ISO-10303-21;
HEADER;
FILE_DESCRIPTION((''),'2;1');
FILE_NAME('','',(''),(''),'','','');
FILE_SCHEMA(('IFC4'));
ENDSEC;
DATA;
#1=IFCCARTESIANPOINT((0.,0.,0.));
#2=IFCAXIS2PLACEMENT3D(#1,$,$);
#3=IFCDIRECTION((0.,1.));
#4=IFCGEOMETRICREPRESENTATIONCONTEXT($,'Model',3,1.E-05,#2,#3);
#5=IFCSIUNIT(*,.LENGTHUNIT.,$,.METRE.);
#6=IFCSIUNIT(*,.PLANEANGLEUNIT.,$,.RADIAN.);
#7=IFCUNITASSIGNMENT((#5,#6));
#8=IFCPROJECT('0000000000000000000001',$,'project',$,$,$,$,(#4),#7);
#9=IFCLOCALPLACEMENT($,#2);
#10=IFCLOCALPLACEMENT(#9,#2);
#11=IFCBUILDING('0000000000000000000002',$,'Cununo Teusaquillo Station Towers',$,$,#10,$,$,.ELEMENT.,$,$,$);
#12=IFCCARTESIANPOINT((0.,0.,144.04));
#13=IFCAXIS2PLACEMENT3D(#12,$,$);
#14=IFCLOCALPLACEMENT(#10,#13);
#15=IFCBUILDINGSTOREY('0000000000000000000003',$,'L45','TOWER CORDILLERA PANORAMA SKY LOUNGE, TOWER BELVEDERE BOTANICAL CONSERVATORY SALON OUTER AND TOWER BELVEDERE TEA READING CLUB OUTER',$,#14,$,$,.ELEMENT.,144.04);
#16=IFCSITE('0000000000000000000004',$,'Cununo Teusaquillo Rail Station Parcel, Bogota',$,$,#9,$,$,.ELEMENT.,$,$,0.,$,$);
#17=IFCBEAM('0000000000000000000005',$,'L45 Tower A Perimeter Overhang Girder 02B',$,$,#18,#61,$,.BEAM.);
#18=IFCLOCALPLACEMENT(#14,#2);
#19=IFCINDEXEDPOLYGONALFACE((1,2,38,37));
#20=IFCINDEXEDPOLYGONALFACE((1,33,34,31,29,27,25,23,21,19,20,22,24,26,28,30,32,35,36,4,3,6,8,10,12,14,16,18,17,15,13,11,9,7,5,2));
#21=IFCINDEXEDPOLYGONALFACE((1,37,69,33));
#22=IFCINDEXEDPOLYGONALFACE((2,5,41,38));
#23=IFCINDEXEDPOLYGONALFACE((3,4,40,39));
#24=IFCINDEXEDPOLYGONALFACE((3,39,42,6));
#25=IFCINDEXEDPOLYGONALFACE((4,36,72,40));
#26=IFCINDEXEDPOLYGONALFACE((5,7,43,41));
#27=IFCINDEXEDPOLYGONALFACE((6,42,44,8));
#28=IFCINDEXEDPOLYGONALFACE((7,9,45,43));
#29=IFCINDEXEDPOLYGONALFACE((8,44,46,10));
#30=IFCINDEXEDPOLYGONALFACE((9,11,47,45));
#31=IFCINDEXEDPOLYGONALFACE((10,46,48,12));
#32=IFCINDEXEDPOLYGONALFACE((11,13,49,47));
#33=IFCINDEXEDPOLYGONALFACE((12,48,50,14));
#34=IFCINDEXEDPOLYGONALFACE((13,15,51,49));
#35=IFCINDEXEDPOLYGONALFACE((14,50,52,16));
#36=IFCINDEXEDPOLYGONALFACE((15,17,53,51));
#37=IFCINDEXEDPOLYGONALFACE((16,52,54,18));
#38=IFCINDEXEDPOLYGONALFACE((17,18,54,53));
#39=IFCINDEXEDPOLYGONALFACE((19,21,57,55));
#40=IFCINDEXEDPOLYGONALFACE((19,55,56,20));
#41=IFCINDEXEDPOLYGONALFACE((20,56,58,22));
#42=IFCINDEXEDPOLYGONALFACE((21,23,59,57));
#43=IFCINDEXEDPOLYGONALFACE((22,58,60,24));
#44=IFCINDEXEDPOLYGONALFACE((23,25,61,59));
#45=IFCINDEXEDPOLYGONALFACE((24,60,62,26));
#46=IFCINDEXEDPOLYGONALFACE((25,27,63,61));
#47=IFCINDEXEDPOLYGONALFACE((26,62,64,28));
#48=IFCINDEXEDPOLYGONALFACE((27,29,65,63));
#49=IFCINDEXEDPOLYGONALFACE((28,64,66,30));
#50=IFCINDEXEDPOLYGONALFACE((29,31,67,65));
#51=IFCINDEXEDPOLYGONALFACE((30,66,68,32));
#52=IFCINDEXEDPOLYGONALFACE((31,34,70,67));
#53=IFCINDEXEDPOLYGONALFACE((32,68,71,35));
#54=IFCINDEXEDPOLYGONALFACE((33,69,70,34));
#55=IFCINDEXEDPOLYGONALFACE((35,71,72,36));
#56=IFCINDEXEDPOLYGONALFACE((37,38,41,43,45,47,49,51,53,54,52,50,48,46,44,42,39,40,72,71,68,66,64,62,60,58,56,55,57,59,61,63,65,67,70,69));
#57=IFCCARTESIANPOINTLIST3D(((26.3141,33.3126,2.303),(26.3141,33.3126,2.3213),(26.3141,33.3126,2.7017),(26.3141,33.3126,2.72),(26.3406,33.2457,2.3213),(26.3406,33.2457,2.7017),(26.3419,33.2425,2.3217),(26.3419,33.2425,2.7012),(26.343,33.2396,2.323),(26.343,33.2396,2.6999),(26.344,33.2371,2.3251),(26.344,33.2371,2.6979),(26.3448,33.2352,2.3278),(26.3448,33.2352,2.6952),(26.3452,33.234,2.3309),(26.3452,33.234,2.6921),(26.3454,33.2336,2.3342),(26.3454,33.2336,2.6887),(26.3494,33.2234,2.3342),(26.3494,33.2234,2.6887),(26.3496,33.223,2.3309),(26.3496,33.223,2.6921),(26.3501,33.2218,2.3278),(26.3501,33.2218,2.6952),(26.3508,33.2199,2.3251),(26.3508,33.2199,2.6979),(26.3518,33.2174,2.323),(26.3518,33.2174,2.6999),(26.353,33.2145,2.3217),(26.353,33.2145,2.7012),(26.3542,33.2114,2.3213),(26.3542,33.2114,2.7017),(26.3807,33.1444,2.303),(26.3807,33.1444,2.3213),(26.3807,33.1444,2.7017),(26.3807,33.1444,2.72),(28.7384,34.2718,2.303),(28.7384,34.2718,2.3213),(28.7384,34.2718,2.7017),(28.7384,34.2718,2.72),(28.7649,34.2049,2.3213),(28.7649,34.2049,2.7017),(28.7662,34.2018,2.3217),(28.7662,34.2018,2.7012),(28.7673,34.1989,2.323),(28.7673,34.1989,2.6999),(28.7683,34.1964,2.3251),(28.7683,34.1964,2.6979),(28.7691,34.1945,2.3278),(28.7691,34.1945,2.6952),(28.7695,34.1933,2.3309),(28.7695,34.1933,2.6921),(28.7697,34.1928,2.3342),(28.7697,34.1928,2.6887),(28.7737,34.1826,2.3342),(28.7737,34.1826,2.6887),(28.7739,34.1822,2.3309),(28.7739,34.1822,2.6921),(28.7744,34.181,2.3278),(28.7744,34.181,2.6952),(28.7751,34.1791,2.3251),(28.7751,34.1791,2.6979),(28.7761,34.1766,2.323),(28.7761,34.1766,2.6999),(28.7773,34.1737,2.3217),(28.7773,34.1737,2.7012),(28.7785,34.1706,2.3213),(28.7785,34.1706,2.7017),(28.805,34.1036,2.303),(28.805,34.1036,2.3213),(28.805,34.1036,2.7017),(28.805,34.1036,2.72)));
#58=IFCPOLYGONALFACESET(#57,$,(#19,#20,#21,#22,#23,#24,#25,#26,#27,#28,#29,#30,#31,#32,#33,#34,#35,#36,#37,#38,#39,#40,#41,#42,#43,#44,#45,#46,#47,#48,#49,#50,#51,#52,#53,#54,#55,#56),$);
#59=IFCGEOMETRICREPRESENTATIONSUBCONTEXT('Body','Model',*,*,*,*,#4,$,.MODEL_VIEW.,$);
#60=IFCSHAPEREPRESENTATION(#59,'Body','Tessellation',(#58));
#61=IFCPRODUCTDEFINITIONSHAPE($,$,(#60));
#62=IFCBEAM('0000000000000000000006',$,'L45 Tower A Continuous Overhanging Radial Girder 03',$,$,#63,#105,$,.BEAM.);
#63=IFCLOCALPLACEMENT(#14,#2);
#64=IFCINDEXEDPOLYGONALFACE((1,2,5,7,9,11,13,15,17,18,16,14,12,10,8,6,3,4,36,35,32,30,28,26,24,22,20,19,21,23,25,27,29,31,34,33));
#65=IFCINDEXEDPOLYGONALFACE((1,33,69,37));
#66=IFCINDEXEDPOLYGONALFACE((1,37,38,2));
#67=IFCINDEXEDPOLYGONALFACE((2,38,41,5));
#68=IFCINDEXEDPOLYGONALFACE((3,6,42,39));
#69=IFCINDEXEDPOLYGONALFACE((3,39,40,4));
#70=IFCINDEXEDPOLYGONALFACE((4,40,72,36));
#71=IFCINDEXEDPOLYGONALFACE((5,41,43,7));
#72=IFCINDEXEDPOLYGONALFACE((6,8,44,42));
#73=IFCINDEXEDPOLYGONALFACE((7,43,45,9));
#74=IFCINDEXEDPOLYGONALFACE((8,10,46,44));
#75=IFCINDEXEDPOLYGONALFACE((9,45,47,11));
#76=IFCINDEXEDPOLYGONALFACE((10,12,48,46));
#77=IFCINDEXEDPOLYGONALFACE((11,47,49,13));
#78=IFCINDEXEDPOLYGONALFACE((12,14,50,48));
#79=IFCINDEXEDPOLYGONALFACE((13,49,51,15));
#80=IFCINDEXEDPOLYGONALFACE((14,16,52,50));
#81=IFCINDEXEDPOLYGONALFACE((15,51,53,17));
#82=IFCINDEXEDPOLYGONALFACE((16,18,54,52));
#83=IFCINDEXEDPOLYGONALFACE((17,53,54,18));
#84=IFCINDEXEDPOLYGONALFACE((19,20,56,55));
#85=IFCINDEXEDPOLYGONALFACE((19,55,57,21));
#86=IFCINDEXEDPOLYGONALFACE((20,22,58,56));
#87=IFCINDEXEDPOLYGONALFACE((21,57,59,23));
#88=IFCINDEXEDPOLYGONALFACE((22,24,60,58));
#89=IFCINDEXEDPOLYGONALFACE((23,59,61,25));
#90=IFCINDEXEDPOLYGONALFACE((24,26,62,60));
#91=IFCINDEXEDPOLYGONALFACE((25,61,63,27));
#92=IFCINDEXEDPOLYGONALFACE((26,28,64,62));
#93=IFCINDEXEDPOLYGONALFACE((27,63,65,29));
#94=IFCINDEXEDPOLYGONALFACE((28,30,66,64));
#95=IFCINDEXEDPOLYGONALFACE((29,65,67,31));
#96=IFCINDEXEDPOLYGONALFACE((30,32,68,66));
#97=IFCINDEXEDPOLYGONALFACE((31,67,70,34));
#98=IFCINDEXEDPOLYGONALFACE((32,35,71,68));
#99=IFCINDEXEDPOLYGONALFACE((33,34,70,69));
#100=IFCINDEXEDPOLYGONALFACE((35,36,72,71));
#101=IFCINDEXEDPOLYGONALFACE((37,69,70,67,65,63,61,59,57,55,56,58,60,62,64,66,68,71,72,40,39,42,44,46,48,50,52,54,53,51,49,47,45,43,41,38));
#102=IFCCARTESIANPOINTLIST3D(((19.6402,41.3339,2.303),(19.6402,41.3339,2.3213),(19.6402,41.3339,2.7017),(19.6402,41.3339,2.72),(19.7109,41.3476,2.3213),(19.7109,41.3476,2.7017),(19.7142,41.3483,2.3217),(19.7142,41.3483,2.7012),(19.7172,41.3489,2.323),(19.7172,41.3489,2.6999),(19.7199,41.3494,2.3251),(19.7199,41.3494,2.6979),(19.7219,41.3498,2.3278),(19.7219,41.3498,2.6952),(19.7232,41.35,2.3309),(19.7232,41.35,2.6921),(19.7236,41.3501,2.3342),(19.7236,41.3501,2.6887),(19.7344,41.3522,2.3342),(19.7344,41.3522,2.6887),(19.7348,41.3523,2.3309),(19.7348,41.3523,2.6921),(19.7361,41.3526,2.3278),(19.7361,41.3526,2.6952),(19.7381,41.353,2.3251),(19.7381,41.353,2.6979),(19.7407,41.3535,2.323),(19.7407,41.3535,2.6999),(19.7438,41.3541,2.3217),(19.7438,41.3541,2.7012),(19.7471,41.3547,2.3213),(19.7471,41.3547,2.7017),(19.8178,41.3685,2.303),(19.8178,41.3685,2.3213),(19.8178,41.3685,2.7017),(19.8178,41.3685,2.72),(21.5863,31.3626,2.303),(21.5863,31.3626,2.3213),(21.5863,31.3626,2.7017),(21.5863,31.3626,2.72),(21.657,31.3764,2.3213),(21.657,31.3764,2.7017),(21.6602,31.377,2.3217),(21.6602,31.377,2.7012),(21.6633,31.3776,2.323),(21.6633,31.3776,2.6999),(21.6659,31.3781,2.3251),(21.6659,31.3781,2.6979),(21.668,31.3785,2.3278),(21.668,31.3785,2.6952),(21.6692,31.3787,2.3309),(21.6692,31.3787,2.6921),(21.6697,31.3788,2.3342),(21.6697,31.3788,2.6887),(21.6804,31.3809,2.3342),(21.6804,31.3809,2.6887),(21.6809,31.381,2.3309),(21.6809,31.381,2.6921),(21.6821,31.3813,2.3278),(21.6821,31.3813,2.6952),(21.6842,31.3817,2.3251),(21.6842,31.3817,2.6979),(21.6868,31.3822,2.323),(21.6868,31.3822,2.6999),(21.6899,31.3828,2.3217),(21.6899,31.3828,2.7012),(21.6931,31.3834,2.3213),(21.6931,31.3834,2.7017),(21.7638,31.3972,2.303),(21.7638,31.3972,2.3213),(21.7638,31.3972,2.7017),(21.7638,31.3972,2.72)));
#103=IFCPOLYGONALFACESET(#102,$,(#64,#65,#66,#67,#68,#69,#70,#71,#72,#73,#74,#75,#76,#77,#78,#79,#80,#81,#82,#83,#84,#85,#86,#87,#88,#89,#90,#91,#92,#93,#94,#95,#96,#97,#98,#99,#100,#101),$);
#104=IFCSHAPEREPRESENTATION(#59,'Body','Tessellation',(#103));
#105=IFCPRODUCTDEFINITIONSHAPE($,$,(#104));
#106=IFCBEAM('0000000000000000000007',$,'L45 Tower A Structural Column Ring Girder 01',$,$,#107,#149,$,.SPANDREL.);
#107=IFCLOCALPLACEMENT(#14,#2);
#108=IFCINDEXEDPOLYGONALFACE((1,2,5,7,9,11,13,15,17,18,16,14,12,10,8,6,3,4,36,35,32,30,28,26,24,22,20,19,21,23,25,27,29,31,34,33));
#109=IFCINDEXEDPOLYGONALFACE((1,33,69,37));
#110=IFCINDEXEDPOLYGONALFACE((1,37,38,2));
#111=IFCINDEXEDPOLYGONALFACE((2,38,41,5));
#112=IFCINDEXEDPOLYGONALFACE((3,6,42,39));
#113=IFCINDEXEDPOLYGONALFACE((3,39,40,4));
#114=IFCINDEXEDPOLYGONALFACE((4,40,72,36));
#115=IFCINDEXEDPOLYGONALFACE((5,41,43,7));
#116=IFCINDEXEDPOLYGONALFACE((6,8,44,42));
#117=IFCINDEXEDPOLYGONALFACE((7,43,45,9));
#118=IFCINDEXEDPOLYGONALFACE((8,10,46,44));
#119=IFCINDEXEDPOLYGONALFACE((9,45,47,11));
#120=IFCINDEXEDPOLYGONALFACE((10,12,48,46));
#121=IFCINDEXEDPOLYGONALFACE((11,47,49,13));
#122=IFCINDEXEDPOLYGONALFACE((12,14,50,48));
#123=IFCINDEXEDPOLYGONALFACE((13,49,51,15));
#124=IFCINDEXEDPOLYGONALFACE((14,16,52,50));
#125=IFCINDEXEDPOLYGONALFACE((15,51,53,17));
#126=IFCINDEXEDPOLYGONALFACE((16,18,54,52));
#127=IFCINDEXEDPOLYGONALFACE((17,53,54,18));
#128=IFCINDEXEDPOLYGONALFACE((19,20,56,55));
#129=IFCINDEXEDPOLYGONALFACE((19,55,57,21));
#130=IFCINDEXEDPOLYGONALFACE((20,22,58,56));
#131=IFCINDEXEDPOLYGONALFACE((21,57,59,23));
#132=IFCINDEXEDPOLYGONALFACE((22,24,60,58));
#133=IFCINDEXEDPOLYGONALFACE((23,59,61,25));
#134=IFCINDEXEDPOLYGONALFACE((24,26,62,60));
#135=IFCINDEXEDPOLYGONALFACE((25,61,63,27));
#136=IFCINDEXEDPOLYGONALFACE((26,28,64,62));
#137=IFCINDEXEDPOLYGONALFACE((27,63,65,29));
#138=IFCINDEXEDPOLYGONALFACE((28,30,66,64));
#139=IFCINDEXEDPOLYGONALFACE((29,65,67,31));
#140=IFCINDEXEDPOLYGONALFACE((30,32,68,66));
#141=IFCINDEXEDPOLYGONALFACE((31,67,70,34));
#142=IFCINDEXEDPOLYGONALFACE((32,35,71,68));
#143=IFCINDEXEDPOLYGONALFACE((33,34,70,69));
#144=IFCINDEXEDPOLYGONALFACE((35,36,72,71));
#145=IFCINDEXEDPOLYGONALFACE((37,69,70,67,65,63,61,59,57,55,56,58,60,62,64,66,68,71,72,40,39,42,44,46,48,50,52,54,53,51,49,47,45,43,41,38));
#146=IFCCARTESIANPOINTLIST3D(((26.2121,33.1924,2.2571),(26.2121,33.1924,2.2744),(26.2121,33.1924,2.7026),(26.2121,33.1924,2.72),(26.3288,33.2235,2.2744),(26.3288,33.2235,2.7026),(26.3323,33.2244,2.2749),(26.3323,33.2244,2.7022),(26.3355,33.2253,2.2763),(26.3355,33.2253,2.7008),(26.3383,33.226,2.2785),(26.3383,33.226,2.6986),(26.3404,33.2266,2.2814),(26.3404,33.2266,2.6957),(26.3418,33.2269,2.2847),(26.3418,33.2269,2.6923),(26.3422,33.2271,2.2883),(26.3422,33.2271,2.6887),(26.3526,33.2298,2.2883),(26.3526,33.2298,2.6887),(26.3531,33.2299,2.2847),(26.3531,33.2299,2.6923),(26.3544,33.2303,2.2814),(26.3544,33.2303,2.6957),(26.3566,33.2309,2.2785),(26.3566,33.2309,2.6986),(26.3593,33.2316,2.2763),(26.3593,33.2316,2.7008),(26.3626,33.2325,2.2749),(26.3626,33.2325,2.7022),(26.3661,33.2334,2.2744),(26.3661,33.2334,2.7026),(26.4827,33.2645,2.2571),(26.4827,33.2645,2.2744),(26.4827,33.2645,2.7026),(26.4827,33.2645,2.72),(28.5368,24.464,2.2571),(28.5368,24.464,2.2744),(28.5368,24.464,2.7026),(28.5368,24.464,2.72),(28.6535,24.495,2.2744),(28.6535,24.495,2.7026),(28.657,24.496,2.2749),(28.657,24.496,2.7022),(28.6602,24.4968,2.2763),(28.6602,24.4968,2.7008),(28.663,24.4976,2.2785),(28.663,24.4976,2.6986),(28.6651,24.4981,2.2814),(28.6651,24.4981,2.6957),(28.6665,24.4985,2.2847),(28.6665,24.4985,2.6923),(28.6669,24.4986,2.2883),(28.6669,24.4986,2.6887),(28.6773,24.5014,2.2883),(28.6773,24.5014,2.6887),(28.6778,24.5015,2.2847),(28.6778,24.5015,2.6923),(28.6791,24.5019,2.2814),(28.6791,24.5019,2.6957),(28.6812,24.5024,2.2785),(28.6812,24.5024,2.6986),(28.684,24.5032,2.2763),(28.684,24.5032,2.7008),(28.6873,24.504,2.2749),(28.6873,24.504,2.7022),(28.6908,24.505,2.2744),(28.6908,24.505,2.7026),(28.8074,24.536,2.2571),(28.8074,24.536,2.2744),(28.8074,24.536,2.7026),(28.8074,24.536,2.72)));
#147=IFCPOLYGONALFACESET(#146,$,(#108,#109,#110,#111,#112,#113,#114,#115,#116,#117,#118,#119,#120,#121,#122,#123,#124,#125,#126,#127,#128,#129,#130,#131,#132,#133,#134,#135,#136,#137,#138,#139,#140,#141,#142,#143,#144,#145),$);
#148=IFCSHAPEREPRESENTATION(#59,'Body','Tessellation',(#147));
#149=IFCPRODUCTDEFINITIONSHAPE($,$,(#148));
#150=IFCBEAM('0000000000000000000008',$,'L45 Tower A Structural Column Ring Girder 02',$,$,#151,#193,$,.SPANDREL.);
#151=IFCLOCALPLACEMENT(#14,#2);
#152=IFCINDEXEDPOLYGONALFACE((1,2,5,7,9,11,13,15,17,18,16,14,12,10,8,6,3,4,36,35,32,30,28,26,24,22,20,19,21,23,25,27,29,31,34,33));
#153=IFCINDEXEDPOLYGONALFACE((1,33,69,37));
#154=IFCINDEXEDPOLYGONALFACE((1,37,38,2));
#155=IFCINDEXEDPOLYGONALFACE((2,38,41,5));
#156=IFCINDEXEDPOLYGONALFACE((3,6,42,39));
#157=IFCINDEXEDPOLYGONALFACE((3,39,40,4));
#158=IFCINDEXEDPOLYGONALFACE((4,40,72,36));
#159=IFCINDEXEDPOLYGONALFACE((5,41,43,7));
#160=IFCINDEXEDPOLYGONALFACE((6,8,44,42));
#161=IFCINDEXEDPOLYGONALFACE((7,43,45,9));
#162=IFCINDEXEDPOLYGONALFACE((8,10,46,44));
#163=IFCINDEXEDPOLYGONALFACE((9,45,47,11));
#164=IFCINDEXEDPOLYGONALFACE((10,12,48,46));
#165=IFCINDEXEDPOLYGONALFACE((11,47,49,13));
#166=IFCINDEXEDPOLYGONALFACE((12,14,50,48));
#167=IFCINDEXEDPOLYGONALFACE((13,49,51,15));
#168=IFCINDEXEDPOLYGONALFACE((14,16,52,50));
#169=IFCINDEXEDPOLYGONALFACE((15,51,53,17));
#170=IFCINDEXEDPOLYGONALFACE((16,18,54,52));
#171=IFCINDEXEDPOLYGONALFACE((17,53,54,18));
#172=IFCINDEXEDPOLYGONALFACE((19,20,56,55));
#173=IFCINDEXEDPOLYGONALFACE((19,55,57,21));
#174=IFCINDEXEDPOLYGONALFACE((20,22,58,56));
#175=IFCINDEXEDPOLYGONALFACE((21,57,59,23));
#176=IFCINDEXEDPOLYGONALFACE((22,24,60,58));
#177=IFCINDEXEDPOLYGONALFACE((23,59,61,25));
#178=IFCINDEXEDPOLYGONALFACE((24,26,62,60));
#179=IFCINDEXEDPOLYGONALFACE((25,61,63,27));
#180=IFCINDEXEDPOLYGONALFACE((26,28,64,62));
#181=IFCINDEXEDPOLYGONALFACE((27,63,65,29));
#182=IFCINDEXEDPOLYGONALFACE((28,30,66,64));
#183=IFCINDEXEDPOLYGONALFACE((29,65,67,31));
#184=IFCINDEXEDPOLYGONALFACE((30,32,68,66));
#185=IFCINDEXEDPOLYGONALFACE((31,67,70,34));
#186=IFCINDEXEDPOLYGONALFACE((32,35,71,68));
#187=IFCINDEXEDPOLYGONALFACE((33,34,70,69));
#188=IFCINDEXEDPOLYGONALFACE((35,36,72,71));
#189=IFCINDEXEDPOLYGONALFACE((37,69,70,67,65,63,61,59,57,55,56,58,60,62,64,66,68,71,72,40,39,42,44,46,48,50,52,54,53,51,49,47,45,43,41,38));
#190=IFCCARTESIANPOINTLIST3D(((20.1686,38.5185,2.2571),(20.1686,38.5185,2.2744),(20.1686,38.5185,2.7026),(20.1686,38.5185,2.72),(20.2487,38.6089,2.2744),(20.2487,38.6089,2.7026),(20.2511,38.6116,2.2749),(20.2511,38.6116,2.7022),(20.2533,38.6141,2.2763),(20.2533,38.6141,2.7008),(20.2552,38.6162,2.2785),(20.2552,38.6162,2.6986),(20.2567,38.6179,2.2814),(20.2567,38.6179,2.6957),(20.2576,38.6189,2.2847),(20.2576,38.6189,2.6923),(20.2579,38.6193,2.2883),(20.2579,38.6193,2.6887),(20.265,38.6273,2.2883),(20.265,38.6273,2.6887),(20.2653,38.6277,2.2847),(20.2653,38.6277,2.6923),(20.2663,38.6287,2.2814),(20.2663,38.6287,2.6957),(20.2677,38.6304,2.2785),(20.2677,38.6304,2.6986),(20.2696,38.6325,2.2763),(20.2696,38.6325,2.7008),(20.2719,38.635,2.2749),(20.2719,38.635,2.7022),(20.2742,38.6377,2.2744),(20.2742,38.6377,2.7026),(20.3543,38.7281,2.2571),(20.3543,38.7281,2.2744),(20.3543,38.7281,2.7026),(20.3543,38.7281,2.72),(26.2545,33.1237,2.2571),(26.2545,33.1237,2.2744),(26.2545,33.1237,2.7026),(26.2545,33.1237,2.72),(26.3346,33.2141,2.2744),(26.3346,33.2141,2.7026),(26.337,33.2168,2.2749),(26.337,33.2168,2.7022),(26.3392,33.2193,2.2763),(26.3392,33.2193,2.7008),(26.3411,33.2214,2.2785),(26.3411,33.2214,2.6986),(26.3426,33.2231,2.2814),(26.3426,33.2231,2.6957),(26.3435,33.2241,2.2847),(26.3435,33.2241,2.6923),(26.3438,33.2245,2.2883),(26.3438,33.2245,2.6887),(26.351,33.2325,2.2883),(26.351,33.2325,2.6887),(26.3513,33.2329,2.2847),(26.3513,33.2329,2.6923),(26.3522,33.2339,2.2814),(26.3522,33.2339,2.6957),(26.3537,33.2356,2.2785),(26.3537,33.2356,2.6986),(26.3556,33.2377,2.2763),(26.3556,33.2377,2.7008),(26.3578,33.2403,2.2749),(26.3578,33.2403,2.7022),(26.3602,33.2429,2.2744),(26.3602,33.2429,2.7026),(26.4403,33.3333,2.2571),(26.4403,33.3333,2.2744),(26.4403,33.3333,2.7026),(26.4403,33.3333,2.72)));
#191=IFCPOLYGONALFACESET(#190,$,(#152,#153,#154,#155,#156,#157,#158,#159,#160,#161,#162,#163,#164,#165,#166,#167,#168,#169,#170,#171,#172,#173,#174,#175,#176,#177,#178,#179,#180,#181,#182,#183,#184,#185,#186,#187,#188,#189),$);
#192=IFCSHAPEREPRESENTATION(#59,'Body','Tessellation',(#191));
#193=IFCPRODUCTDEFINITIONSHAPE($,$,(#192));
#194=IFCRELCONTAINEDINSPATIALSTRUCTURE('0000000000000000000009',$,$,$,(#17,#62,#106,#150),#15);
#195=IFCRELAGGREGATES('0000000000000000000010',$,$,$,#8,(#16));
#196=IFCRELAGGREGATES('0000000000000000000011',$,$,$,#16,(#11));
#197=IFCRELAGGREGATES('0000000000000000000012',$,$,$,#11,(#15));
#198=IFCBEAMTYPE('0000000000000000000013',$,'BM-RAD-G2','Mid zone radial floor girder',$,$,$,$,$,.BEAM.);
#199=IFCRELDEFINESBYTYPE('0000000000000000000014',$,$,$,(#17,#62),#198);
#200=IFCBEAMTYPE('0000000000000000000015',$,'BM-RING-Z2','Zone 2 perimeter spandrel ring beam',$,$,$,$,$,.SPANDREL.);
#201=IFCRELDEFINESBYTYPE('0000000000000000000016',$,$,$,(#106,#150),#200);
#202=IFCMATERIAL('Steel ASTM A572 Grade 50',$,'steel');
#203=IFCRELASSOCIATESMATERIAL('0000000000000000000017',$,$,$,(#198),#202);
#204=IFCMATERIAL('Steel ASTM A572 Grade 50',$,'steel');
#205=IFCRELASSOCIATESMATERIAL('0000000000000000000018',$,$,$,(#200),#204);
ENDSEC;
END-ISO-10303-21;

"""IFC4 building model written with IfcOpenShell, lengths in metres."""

from ifc_helpers import new_model, si_unit, direction, frame, origin, origin_2d, place, context, subcontext, project, spatial, i_section, extrude, material, material_profile, profile_set, type_object, element, save


model = new_model("IFC4")

# Units and contexts
model_context = context("Model", 3, precision=1e-05, world=origin(), true_north=direction((0.0, 1.0)))
body_context = subcontext(model_context, "Body", "Model", "MODEL_VIEW")
ifc_project = project(units=[si_unit("LENGTHUNIT", "METRE"), si_unit("PLANEANGLEUNIT", "RADIAN")], contexts=[model_context])

# Site, building, storey
site_placement = place(None, origin())
site = spatial("IfcSite", under=ifc_project, at=site_placement, Name="Cununo Teusaquillo Rail Station Parcel, Bogota", CompositionType="ELEMENT", RefElevation=0.0)
building_placement = place(site_placement, origin())
building = spatial("IfcBuilding", under=site, at=building_placement, Name="Cununo Teusaquillo Station Towers", CompositionType="ELEMENT")
storey_placement = place(building_placement, frame((0.0, 0.0, 144.04)))
storey = spatial("IfcBuildingStorey", under=building, at=storey_placement, Name="L45", Description="TOWER CORDILLERA PANORAMA SKY LOUNGE, TOWER BELVEDERE BOTANICAL CONSERVATORY SALON OUTER AND TOWER BELVEDERE TEA READING CLUB OUTER", CompositionType="ELEMENT", Elevation=144.04)

# Beams
ifc_material_1 = material(Name="Steel ASTM A572 Grade 50", Category="steel")
ifc_material_profile_1 = material_profile(ifc_material_1, i_section(OverallWidth=0.1809, OverallDepth=0.417, WebThickness=0.011, FlangeThickness=0.0183, FilletRadius=0.0129, at=origin_2d()), Name="W16X57")
ifc_profile_set_1 = profile_set([ifc_material_profile_1], Name="Steel ASTM A572 Grade 50")
beam_type_1 = type_object("IfcBeamType", Name="BM-RAD-G2", Description="Mid zone radial floor girder", PredefinedType="BEAM", material=ifc_profile_set_1)
beam_1_placement = place(storey_placement, frame((26.3474, 33.2285, 2.5115), z_axis=(0.929859, 0.367917, 0.0), x_axis=(-0.367917, 0.929859, 0.0)))
element("IfcBeam", 1, at=beam_1_placement, inside=storey, type_object=beam_type_1, Name="L45 Tower A Perimeter Overhang Girder 02B", PredefinedType="BEAM", context=body_context, shape_type="SweptSolid", body=[
    extrude(i_section(OverallWidth=0.1809, OverallDepth=0.417, WebThickness=0.011, FlangeThickness=0.0183, FilletRadius=0.0129, at=origin_2d()), origin(), (0.0, 0.0, 1.0), 2.6072),
])
beam_2_placement = place(storey_placement, frame((21.675, 31.3799, 2.5115), z_axis=(-0.191553, 0.981482, 0.0), x_axis=(-0.981482, -0.191553, 0.0)))
element("IfcBeam", 2, at=beam_2_placement, inside=storey, type_object=beam_type_1, Name="L45 Tower A Continuous Overhanging Radial Girder 03", PredefinedType="BEAM", context=body_context, shape_type="SweptSolid", body=[
    extrude(i_section(OverallWidth=0.1809, OverallDepth=0.417, WebThickness=0.011, FlangeThickness=0.0183, FilletRadius=0.0129, at=origin_2d()), origin(), (0.0, 0.0, 1.0), 10.1594),
])
ifc_material_2 = material(Name="Steel ASTM A572 Grade 50", Category="steel")
ifc_material_profile_2 = material_profile(ifc_material_2, i_section(OverallWidth=0.28, OverallDepth=0.4629, WebThickness=0.0107, FlangeThickness=0.0173, FilletRadius=0.0139, at=origin_2d()), Name="W18X76")
ifc_profile_set_2 = profile_set([ifc_material_profile_2], Name="Steel ASTM A572 Grade 50")
beam_type_2 = type_object("IfcBeamType", Name="BM-RING-Z2", Description="Zone 2 perimeter spandrel ring beam", PredefinedType="SPANDREL", material=ifc_profile_set_2)
beam_3_placement = place(storey_placement, frame((28.6721, 24.5, 2.4885), z_axis=(-0.257363, 0.966315, 0.0), x_axis=(-0.966315, -0.257363, 0.0)))
element("IfcBeam", 3, at=beam_3_placement, inside=storey, type_object=beam_type_2, Name="L45 Tower A Structural Column Ring Girder 01", PredefinedType="SPANDREL", context=body_context, shape_type="SweptSolid", body=[
    extrude(i_section(OverallWidth=0.28, OverallDepth=0.4629, WebThickness=0.0107, FlangeThickness=0.0173, FilletRadius=0.0139, at=origin_2d()), origin(), (0.0, 0.0, 1.0), 9.0327),
])
beam_4_placement = place(storey_placement, frame((26.3474, 33.2285, 2.4885), z_axis=(-0.748321, 0.663337, 0.0), x_axis=(-0.663337, -0.748321, 0.0)))
element("IfcBeam", 4, at=beam_4_placement, inside=storey, type_object=beam_type_2, Name="L45 Tower A Structural Column Ring Girder 02", PredefinedType="SPANDREL", context=body_context, shape_type="SweptSolid", body=[
    extrude(i_section(OverallWidth=0.28, OverallDepth=0.4629, WebThickness=0.0107, FlangeThickness=0.0173, FilletRadius=0.0139, at=origin_2d()), origin(), (0.0, 0.0, 1.0), 8.1328),
])

save(model, "model.ifc")
